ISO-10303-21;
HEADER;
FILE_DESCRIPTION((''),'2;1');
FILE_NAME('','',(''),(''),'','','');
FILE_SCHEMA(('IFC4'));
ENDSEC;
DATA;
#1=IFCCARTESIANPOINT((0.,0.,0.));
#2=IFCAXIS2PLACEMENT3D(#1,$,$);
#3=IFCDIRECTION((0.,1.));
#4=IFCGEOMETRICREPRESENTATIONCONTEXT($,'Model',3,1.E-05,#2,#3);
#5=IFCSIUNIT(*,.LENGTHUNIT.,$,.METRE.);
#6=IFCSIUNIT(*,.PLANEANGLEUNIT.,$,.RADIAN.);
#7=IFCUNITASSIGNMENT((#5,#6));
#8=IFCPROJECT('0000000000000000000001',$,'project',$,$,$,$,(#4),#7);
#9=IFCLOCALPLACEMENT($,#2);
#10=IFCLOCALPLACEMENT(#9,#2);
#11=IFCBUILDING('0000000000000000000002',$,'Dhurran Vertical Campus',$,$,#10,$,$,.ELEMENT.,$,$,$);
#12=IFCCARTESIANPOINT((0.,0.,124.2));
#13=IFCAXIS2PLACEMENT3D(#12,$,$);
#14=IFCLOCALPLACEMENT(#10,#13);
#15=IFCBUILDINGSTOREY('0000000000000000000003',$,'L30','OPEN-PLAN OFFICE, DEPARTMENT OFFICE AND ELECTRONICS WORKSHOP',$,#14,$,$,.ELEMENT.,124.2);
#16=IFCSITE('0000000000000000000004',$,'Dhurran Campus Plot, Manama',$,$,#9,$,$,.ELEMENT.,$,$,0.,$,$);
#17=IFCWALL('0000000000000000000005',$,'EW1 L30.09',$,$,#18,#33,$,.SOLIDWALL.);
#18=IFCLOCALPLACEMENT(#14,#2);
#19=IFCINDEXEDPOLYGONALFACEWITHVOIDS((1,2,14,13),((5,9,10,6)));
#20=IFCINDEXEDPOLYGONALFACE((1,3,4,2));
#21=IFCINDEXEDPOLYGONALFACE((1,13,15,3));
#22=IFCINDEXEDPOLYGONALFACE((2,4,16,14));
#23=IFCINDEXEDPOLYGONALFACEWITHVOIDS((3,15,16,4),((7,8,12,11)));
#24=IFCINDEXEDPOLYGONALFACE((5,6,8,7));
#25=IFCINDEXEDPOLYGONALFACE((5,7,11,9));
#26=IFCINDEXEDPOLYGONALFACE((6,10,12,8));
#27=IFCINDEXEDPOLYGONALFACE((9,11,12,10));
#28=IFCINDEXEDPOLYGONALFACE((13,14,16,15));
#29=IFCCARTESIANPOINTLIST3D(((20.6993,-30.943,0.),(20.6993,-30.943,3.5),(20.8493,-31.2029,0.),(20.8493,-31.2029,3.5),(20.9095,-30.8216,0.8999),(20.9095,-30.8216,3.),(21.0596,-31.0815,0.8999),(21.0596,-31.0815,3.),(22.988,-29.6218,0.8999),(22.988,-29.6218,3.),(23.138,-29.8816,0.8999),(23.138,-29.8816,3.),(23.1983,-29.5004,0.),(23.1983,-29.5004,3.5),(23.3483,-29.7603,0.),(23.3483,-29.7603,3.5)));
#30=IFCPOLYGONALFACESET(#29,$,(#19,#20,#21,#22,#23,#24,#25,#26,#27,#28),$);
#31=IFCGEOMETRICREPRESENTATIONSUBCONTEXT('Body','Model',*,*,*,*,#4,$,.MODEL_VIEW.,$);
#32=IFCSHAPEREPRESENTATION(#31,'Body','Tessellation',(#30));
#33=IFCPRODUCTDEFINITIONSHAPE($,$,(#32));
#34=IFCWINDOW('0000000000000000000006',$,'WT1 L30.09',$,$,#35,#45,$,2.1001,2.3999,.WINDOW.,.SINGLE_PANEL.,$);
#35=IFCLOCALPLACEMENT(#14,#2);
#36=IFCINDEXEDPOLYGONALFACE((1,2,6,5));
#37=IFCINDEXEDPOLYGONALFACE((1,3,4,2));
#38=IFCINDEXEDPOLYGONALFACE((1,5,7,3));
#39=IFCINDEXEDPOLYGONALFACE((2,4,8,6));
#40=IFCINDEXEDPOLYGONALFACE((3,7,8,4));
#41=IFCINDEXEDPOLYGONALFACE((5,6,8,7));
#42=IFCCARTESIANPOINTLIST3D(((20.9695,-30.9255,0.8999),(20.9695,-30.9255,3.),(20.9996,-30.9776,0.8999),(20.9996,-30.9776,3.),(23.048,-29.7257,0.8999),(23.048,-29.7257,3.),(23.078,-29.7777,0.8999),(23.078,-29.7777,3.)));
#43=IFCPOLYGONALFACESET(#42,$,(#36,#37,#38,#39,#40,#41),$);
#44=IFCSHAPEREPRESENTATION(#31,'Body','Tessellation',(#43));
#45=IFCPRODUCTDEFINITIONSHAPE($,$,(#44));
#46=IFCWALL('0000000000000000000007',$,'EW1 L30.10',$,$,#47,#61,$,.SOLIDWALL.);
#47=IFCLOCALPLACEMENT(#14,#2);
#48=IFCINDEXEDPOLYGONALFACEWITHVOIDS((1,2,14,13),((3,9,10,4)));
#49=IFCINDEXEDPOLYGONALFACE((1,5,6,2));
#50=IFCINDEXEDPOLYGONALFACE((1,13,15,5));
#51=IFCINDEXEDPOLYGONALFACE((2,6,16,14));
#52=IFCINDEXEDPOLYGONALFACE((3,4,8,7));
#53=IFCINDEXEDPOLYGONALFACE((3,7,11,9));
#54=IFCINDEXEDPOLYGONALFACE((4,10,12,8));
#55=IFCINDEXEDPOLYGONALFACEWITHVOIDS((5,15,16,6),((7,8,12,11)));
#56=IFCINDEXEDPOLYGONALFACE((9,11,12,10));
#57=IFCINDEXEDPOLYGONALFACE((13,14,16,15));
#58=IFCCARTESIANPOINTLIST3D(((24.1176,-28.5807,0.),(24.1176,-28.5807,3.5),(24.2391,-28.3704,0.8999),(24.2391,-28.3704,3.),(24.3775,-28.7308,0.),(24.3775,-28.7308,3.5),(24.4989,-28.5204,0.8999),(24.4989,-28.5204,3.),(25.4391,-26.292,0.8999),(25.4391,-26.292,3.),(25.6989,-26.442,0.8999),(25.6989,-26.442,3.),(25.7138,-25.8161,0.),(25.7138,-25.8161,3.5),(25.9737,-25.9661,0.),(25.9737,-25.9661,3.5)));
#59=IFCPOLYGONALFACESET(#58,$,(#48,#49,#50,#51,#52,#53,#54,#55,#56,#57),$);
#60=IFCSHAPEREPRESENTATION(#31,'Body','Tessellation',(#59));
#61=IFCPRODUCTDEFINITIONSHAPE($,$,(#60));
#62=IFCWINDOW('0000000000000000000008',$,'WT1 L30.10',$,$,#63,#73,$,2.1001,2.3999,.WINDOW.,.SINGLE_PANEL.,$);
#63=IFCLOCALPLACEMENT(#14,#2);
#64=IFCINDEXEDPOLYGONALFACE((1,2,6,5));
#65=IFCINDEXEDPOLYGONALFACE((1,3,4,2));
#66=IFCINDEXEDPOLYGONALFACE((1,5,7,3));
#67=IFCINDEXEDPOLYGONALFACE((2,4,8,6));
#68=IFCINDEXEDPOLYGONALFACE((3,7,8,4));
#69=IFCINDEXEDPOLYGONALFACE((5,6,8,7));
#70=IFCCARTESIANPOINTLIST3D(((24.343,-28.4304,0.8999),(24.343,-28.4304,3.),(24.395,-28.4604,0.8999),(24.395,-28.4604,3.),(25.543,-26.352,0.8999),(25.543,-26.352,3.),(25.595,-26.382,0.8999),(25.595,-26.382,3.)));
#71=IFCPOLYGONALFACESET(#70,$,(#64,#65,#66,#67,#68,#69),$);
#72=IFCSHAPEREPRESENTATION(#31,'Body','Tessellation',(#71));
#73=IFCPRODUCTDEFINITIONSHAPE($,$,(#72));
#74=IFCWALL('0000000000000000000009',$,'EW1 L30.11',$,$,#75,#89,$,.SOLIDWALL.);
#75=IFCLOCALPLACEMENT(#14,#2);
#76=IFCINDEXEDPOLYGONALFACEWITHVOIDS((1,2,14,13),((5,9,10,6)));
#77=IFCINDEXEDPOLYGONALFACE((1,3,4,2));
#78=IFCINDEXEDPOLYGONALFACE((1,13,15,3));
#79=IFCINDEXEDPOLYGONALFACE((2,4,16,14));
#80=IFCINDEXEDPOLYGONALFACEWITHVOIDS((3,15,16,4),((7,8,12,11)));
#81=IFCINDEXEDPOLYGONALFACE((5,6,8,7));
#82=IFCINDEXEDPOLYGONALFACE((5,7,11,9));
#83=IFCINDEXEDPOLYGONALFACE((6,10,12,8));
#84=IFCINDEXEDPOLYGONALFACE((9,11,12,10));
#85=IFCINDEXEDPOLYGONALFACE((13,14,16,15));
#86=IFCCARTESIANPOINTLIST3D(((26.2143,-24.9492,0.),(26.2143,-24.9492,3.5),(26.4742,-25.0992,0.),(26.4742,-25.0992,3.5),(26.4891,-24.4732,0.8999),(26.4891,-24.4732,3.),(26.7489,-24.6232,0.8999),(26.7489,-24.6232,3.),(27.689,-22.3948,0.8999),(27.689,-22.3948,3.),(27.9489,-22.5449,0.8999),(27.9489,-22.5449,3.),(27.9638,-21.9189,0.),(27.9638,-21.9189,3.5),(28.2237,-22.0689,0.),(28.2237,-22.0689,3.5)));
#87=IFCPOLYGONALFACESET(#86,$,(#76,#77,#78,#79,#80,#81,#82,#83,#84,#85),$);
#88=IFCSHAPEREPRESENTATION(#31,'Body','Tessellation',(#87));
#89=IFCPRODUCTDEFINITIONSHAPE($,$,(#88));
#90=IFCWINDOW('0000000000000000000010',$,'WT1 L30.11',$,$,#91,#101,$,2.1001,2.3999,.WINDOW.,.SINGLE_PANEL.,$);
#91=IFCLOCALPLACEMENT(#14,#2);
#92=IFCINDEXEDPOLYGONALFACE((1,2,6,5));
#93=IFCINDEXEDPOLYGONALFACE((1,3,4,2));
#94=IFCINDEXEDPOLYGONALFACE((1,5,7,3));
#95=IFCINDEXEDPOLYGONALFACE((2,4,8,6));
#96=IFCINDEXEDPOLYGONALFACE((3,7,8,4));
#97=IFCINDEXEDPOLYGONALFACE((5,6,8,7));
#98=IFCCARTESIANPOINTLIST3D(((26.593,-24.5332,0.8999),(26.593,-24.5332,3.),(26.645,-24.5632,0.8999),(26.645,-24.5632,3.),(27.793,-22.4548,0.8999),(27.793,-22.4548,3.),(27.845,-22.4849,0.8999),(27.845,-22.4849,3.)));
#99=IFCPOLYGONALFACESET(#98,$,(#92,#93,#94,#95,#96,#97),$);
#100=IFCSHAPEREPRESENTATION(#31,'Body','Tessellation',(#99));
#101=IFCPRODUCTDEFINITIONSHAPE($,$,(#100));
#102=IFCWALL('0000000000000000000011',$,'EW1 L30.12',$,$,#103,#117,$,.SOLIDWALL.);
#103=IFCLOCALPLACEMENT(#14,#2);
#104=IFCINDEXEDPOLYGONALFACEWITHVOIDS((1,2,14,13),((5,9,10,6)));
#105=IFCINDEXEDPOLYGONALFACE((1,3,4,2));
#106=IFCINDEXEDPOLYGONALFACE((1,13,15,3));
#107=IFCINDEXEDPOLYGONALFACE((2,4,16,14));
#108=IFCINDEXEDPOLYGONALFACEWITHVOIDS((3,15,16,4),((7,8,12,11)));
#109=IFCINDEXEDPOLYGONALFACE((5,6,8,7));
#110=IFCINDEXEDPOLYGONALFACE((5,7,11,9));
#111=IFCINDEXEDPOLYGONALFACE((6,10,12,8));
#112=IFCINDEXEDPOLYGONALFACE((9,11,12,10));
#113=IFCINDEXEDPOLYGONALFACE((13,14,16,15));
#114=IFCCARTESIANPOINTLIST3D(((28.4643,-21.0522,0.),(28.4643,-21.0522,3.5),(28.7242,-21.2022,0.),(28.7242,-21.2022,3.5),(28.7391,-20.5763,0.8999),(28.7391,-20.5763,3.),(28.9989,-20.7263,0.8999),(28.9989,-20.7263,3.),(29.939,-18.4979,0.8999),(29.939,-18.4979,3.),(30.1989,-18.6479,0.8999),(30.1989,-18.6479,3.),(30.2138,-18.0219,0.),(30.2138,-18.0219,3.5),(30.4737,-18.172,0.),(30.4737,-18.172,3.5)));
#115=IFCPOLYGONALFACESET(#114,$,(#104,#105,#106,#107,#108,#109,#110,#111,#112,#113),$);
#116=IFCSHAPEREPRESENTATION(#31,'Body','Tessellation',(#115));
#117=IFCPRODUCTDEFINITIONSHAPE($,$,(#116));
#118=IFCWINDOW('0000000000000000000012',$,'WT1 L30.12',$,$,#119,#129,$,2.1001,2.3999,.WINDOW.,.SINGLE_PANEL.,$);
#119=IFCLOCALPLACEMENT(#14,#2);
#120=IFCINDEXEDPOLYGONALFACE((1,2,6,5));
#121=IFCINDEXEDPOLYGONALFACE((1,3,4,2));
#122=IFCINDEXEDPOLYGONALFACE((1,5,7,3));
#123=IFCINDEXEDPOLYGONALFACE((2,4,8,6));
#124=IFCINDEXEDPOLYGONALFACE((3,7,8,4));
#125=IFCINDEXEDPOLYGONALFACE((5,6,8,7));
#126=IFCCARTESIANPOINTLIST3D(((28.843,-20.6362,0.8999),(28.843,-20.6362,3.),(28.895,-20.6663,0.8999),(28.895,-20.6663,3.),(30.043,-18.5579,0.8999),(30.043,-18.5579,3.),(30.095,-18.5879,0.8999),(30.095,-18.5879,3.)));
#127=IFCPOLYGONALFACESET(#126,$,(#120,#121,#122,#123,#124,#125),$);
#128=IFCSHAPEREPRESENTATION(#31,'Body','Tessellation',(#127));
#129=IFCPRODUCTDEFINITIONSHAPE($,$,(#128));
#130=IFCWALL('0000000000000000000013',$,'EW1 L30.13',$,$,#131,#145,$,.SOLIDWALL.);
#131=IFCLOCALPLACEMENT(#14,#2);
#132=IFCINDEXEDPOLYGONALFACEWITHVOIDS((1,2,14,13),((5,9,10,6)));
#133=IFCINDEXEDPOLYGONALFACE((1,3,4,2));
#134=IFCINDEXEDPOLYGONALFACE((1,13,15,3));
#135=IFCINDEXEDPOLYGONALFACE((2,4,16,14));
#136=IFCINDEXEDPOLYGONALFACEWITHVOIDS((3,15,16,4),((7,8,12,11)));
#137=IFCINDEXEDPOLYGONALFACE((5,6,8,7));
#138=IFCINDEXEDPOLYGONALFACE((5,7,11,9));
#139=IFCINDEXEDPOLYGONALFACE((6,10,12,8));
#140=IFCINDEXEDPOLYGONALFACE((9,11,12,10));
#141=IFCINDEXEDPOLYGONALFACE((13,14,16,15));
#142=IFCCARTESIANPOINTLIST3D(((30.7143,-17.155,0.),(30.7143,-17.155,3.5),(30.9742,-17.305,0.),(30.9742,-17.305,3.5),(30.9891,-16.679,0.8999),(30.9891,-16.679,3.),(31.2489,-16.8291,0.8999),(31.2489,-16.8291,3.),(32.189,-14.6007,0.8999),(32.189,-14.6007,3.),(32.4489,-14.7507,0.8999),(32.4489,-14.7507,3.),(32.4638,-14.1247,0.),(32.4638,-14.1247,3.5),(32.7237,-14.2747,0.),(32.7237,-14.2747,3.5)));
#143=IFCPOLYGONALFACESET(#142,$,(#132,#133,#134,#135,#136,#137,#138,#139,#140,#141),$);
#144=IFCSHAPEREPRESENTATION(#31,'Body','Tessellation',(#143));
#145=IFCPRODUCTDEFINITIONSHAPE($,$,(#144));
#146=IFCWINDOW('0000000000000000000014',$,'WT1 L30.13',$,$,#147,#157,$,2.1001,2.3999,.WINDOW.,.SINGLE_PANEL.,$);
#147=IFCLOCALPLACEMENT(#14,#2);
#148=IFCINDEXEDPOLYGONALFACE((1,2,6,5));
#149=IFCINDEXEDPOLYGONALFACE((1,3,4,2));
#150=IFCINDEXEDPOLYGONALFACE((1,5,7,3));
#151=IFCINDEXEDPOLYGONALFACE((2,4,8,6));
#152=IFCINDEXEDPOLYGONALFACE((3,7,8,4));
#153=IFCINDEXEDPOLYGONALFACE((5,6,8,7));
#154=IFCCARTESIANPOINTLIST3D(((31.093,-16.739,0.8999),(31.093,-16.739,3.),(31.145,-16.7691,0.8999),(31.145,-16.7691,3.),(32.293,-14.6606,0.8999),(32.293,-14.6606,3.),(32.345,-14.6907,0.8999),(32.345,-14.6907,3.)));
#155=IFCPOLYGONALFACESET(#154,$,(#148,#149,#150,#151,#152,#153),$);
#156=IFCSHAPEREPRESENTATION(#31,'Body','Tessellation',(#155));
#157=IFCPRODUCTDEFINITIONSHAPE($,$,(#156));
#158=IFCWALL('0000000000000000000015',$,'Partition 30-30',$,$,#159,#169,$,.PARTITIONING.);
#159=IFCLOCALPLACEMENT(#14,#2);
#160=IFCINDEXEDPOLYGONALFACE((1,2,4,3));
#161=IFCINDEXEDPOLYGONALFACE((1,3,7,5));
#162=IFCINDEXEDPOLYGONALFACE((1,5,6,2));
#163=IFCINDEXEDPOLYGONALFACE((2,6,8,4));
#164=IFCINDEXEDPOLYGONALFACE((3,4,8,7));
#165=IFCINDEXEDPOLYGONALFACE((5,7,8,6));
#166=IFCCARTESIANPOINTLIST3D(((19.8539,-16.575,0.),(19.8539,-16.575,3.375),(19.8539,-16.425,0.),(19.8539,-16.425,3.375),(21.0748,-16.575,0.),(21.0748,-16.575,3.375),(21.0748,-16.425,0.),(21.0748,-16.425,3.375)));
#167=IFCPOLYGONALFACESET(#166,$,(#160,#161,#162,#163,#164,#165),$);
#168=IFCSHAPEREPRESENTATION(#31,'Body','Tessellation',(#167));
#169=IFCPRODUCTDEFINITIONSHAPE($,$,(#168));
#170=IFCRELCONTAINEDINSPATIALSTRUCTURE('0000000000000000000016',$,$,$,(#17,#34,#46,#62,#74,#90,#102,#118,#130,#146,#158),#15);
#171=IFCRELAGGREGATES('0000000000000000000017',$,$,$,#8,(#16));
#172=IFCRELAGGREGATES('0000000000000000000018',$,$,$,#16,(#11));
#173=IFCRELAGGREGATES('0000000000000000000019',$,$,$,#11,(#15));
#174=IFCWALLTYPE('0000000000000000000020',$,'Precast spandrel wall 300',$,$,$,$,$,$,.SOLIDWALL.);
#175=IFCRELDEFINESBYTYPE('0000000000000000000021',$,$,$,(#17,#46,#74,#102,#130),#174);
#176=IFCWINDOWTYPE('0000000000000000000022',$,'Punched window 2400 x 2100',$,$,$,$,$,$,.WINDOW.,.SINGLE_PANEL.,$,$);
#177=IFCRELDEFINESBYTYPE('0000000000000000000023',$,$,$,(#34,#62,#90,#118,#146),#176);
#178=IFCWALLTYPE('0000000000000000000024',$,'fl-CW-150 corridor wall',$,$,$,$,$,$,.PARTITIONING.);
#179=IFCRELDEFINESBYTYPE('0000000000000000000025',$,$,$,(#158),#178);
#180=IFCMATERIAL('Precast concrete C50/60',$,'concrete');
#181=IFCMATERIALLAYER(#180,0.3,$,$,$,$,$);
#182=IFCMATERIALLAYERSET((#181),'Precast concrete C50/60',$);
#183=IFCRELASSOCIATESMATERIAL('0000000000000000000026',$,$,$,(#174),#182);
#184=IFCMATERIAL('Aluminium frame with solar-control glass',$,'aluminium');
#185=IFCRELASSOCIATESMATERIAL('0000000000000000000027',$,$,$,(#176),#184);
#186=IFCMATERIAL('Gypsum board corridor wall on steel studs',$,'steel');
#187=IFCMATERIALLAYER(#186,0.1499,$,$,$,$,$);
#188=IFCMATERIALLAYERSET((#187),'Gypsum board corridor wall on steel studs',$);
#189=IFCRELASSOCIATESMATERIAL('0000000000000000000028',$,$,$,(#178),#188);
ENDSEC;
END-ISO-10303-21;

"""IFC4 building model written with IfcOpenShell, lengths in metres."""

from ifc_helpers import new_model, si_unit, direction, frame, frame_2d, origin, place, context, subcontext, project, spatial, rectangle, extrude, material, layer, layer_set, type_object, element, fill, save


model = new_model("IFC4")

# Units and contexts
model_context = context("Model", 3, precision=1e-05, world=origin(), true_north=direction((0.0, 1.0)))
body_context = subcontext(model_context, "Body", "Model", "MODEL_VIEW")
ifc_project = project(units=[si_unit("LENGTHUNIT", "METRE"), si_unit("PLANEANGLEUNIT", "RADIAN")], contexts=[model_context])

# Site, building, storey
site_placement = place(None, origin())
site = spatial("IfcSite", under=ifc_project, at=site_placement, Name="Dhurran Campus Plot, Manama", CompositionType="ELEMENT", RefElevation=0.0)
building_placement = place(site_placement, origin())
building = spatial("IfcBuilding", under=site, at=building_placement, Name="Dhurran Vertical Campus", CompositionType="ELEMENT")
storey_placement = place(building_placement, frame((0.0, 0.0, 124.2)))
storey = spatial("IfcBuildingStorey", under=building, at=storey_placement, Name="L30", Description="OPEN-PLAN OFFICE, DEPARTMENT OFFICE AND ELECTRONICS WORKSHOP", CompositionType="ELEMENT", Elevation=124.2)

# Walls, openings, windows
ifc_material_1 = material(Name="Precast concrete C50/60", Category="concrete")
ifc_layer_1 = layer(ifc_material_1, 0.3)
ifc_layer_set_1 = layer_set([ifc_layer_1], Name="Precast concrete C50/60")
wall_type_1 = type_object("IfcWallType", Name="Precast spandrel wall 300", PredefinedType="SOLIDWALL", material=ifc_layer_set_1)
ifc_material_2 = material(Name="Aluminium frame with solar-control glass", Category="aluminium")
window_type = type_object("IfcWindowType", Name="Punched window 2400 x 2100", PartitioningType="SINGLE_PANEL", PredefinedType="WINDOW", material=ifc_material_2)
wall_1_placement = place(storey_placement, frame((20.7742, -31.073, 0.0), z_axis=(0.0, 0.0, 1.0), x_axis=(0.866053, 0.499952, 0.0)))
wall_1 = element("IfcWall", 1, at=wall_1_placement, inside=storey, type_object=wall_type_1, Name="EW1 L30.09", PredefinedType="SOLIDWALL", context=body_context, shape_type="SweptSolid", body=[
    extrude(rectangle(XDim=2.8855, YDim=0.3, at=frame_2d((1.4429, 0.0))), origin(), (0.0, 0.0, 1.0), 3.5),
])
opening_1_placement = place(wall_1_placement, frame((0.2429, 0.0, 0.8999)))
opening_1 = element("IfcOpeningElement", 2, at=opening_1_placement, cuts=wall_1, PredefinedType="OPENING", context=body_context, shape_type="SweptSolid", body=[
    extrude(rectangle(XDim=2.3999, YDim=2.1001, at=frame_2d((1.2, 1.05))), frame((0.0, 0.1599, 0.0), z_axis=(0.0, -1.0, 0.0), x_axis=(1.0, 0.0, 0.0)), (0.0, 0.0, 1.0), 0.3201),
])
window_1_placement = place(opening_1_placement, origin())
window_1 = element("IfcWindow", 3, at=window_1_placement, inside=storey, type_object=window_type, Name="WT1 L30.09", OverallHeight=2.1001, OverallWidth=2.3999, PartitioningType="SINGLE_PANEL", PredefinedType="WINDOW", context=body_context, shape_type="SweptSolid", body=[
    extrude(rectangle(XDim=2.3999, YDim=2.1001, at=frame_2d((1.2, 1.05))), frame((0.0, 0.03, 0.0), z_axis=(0.0, -1.0, 0.0), x_axis=(1.0, 0.0, 0.0)), (0.0, 0.0, 1.0), 0.0601),
])
fill(opening_1, window_1)
wall_2_placement = place(storey_placement, frame((24.2476, -28.6558, 0.0), z_axis=(0.0, 0.0, 1.0), x_axis=(0.500005, 0.866023, 0.0)))
wall_2 = element("IfcWall", 4, at=wall_2_placement, inside=storey, type_object=wall_type_1, Name="EW1 L30.10", PredefinedType="SOLIDWALL", context=body_context, shape_type="SweptSolid", body=[
    extrude(rectangle(XDim=3.1924, YDim=0.3, at=frame_2d((1.5962, 0.0))), origin(), (0.0, 0.0, 1.0), 3.5),
])
opening_2_placement = place(wall_2_placement, frame((0.2429, 0.0, 0.8999)))
opening_2 = element("IfcOpeningElement", 5, at=opening_2_placement, cuts=wall_2, PredefinedType="OPENING", context=body_context, shape_type="SweptSolid", body=[
    extrude(rectangle(XDim=2.3999, YDim=2.1001, at=frame_2d((1.2, 1.05))), frame((0.0, 0.1599, 0.0), z_axis=(0.0, -1.0, 0.0), x_axis=(1.0, 0.0, 0.0)), (0.0, 0.0, 1.0), 0.3201),
])
window_2_placement = place(opening_2_placement, origin())
window_2 = element("IfcWindow", 6, at=window_2_placement, inside=storey, type_object=window_type, Name="WT1 L30.10", OverallHeight=2.1001, OverallWidth=2.3999, PartitioningType="SINGLE_PANEL", PredefinedType="WINDOW", context=body_context, shape_type="SweptSolid", body=[
    extrude(rectangle(XDim=2.3999, YDim=2.1001, at=frame_2d((1.2, 1.05))), frame((0.0, 0.03, 0.0), z_axis=(0.0, -1.0, 0.0), x_axis=(1.0, 0.0, 0.0)), (0.0, 0.0, 1.0), 0.0601),
])
fill(opening_2, window_2)
wall_3_placement = place(storey_placement, frame((26.3442, -25.0242, 0.0), z_axis=(0.0, 0.0, 1.0), x_axis=(0.499996, 0.866028, 0.0)))
wall_3 = element("IfcWall", 7, at=wall_3_placement, inside=storey, type_object=wall_type_1, Name="EW1 L30.11", PredefinedType="SOLIDWALL", context=body_context, shape_type="SweptSolid", body=[
    extrude(rectangle(XDim=3.499, YDim=0.3, at=frame_2d((1.7495, 0.0))), origin(), (0.0, 0.0, 1.0), 3.5),
])
opening_3_placement = place(wall_3_placement, frame((0.5496, 0.0, 0.8999)))
opening_3 = element("IfcOpeningElement", 8, at=opening_3_placement, cuts=wall_3, PredefinedType="OPENING", context=body_context, shape_type="SweptSolid", body=[
    extrude(rectangle(XDim=2.3999, YDim=2.1001, at=frame_2d((1.2, 1.05))), frame((0.0, 0.1599, 0.0), z_axis=(0.0, -1.0, 0.0), x_axis=(1.0, 0.0, 0.0)), (0.0, 0.0, 1.0), 0.3201),
])
window_3_placement = place(opening_3_placement, origin())
window_3 = element("IfcWindow", 9, at=window_3_placement, inside=storey, type_object=window_type, Name="WT1 L30.11", OverallHeight=2.1001, OverallWidth=2.3999, PartitioningType="SINGLE_PANEL", PredefinedType="WINDOW", context=body_context, shape_type="SweptSolid", body=[
    extrude(rectangle(XDim=2.3999, YDim=2.1001, at=frame_2d((1.2, 1.05))), frame((0.0, 0.03, 0.0), z_axis=(0.0, -1.0, 0.0), x_axis=(1.0, 0.0, 0.0)), (0.0, 0.0, 1.0), 0.0601),
])
fill(opening_3, window_3)
wall_4_placement = place(storey_placement, frame((28.5942, -21.1272, 0.0), z_axis=(0.0, 0.0, 1.0), x_axis=(0.499996, 0.866028, 0.0)))
wall_4 = element("IfcWall", 10, at=wall_4_placement, inside=storey, type_object=wall_type_1, Name="EW1 L30.12", PredefinedType="SOLIDWALL", context=body_context, shape_type="SweptSolid", body=[
    extrude(rectangle(XDim=3.499, YDim=0.3, at=frame_2d((1.7495, 0.0))), origin(), (0.0, 0.0, 1.0), 3.5),
])
opening_4_placement = place(wall_4_placement, frame((0.5496, 0.0, 0.8999)))
opening_4 = element("IfcOpeningElement", 11, at=opening_4_placement, cuts=wall_4, PredefinedType="OPENING", context=body_context, shape_type="SweptSolid", body=[
    extrude(rectangle(XDim=2.3999, YDim=2.1001, at=frame_2d((1.2, 1.05))), frame((0.0, 0.1599, 0.0), z_axis=(0.0, -1.0, 0.0), x_axis=(1.0, 0.0, 0.0)), (0.0, 0.0, 1.0), 0.3201),
])
window_4_placement = place(opening_4_placement, origin())
window_4 = element("IfcWindow", 12, at=window_4_placement, inside=storey, type_object=window_type, Name="WT1 L30.12", OverallHeight=2.1001, OverallWidth=2.3999, PartitioningType="SINGLE_PANEL", PredefinedType="WINDOW", context=body_context, shape_type="SweptSolid", body=[
    extrude(rectangle(XDim=2.3999, YDim=2.1001, at=frame_2d((1.2, 1.05))), frame((0.0, 0.03, 0.0), z_axis=(0.0, -1.0, 0.0), x_axis=(1.0, 0.0, 0.0)), (0.0, 0.0, 1.0), 0.0601),
])
fill(opening_4, window_4)
wall_5_placement = place(storey_placement, frame((30.8442, -17.23, 0.0), z_axis=(0.0, 0.0, 1.0), x_axis=(0.499996, 0.866028, 0.0)))
wall_5 = element("IfcWall", 13, at=wall_5_placement, inside=storey, type_object=wall_type_1, Name="EW1 L30.13", PredefinedType="SOLIDWALL", context=body_context, shape_type="SweptSolid", body=[
    extrude(rectangle(XDim=3.499, YDim=0.3, at=frame_2d((1.7495, 0.0))), origin(), (0.0, 0.0, 1.0), 3.5),
])
opening_5_placement = place(wall_5_placement, frame((0.5496, 0.0, 0.8999)))
opening_5 = element("IfcOpeningElement", 14, at=opening_5_placement, cuts=wall_5, PredefinedType="OPENING", context=body_context, shape_type="SweptSolid", body=[
    extrude(rectangle(XDim=2.3999, YDim=2.1001, at=frame_2d((1.2, 1.05))), frame((0.0, 0.1599, 0.0), z_axis=(0.0, -1.0, 0.0), x_axis=(1.0, 0.0, 0.0)), (0.0, 0.0, 1.0), 0.3201),
])
window_5_placement = place(opening_5_placement, origin())
window_5 = element("IfcWindow", 15, at=window_5_placement, inside=storey, type_object=window_type, Name="WT1 L30.13", OverallHeight=2.1001, OverallWidth=2.3999, PartitioningType="SINGLE_PANEL", PredefinedType="WINDOW", context=body_context, shape_type="SweptSolid", body=[
    extrude(rectangle(XDim=2.3999, YDim=2.1001, at=frame_2d((1.2, 1.05))), frame((0.0, 0.03, 0.0), z_axis=(0.0, -1.0, 0.0), x_axis=(1.0, 0.0, 0.0)), (0.0, 0.0, 1.0), 0.0601),
])
fill(opening_5, window_5)

# Wall
ifc_material_3 = material(Name="Gypsum board corridor wall on steel studs", Category="steel")
ifc_layer_2 = layer(ifc_material_3, 0.1499)
ifc_layer_set_2 = layer_set([ifc_layer_2], Name="Gypsum board corridor wall on steel studs")
wall_type_2 = type_object("IfcWallType", Name="fl-CW-150 corridor wall", PredefinedType="PARTITIONING", material=ifc_layer_set_2)
wall_6_placement = place(storey_placement, frame((19.854, -16.5, 0.0), z_axis=(0.0, 0.0, 1.0), x_axis=(1.0, 0.0, 0.0)))
element("IfcWall", 16, at=wall_6_placement, inside=storey, type_object=wall_type_2, Name="Partition 30-30", PredefinedType="PARTITIONING", context=body_context, shape_type="SweptSolid", body=[
    extrude(rectangle(XDim=1.2209, YDim=0.1499, at=frame_2d((0.6104, 0.0))), origin(), (0.0, 0.0, 1.0), 3.375),
])

save(model, "model.ifc")
